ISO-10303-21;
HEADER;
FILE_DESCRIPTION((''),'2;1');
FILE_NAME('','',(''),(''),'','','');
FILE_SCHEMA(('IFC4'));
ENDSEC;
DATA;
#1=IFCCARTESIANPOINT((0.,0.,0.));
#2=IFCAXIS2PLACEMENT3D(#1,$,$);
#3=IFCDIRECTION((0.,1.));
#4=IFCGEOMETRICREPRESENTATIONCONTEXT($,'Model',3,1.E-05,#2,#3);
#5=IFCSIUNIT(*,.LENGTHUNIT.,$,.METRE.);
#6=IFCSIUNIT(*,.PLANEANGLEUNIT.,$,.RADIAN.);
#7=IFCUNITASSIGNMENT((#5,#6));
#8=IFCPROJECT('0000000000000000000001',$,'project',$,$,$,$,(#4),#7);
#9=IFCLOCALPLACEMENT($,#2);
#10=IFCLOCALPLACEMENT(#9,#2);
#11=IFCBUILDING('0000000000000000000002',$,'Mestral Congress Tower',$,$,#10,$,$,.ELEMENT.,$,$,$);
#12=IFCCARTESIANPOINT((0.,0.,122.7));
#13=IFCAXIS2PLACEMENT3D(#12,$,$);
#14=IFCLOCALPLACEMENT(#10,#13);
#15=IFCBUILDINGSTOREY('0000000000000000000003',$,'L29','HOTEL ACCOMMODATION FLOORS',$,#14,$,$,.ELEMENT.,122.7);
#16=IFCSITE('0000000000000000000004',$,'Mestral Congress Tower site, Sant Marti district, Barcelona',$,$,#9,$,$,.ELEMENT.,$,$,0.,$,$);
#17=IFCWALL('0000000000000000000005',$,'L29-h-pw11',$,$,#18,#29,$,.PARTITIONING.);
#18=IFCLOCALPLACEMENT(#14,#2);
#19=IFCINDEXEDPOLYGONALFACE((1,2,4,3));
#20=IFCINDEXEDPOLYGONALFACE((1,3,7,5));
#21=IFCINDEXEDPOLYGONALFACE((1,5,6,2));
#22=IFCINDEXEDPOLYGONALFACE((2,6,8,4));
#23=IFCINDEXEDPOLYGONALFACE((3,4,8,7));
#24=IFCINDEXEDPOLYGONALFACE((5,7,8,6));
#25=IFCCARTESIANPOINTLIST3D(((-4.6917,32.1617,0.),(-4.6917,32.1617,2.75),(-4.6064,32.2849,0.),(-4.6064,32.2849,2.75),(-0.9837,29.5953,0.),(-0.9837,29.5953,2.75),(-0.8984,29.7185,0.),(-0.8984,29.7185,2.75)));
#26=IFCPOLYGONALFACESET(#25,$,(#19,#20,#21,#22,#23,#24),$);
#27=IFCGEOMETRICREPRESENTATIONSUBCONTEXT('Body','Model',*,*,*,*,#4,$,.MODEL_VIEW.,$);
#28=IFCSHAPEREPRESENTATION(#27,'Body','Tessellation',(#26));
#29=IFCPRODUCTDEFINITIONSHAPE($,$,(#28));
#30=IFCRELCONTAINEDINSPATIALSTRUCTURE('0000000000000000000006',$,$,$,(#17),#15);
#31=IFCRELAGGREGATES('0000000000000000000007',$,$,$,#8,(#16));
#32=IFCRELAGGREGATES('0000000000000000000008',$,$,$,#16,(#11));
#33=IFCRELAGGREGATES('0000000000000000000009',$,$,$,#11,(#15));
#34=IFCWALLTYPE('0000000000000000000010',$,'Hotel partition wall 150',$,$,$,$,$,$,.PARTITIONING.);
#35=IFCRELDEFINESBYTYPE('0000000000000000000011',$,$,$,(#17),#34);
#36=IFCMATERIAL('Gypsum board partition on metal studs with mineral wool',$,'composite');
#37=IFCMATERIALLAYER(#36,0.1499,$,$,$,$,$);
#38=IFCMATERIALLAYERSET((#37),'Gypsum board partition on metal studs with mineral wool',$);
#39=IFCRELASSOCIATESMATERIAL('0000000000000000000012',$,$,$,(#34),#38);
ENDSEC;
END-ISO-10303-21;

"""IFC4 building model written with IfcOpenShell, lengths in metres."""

from ifc_helpers import new_model, si_unit, direction, frame, frame_2d, origin, place, context, subcontext, project, spatial, rectangle, extrude, material, layer, layer_set, type_object, element, save


model = new_model("IFC4")

# Units and contexts
model_context = context("Model", 3, precision=1e-05, world=origin(), true_north=direction((0.0, 1.0)))
body_context = subcontext(model_context, "Body", "Model", "MODEL_VIEW")
ifc_project = project(units=[si_unit("LENGTHUNIT", "METRE"), si_unit("PLANEANGLEUNIT", "RADIAN")], contexts=[model_context])

# Site, building, storey
site_placement = place(None, origin())
site = spatial("IfcSite", under=ifc_project, at=site_placement, Name="Mestral Congress Tower site, Sant Marti district, Barcelona", CompositionType="ELEMENT", RefElevation=0.0)
building_placement = place(site_placement, origin())
building = spatial("IfcBuilding", under=site, at=building_placement, Name="Mestral Congress Tower", CompositionType="ELEMENT")
storey_placement = place(building_placement, frame((0.0, 0.0, 122.7)))
storey = spatial("IfcBuildingStorey", under=building, at=storey_placement, Name="L29", Description="HOTEL ACCOMMODATION FLOORS", CompositionType="ELEMENT", Elevation=122.7)

# Shared definitions
ifc_material_1 = material(Name="Gypsum board partition on metal studs with mineral wool", Category="composite")

# Wall
ifc_layer_1 = layer(ifc_material_1, 0.1499)
ifc_layer_set_1 = layer_set([ifc_layer_1], Name="Gypsum board partition on metal studs with mineral wool")
wall_type_1 = type_object("IfcWallType", Name="Hotel partition wall 150", PredefinedType="PARTITIONING", material=ifc_layer_set_1)
wall_1_placement = place(storey_placement, frame((-4.6492, 32.2234, 0.0), z_axis=(0.0, 0.0, 1.0), x_axis=(0.822262, -0.569109, 0.0)))
element("IfcWall", 1, at=wall_1_placement, inside=storey, type_object=wall_type_1, Name="L29-h-pw11", PredefinedType="PARTITIONING", context=body_context, shape_type="SweptSolid", body=[
    extrude(rectangle(XDim=4.5095, YDim=0.1499, at=frame_2d((2.2549, 0.0))), origin(), (0.0, 0.0, 1.0), 2.75),
])

save(model, "model.ifc")
